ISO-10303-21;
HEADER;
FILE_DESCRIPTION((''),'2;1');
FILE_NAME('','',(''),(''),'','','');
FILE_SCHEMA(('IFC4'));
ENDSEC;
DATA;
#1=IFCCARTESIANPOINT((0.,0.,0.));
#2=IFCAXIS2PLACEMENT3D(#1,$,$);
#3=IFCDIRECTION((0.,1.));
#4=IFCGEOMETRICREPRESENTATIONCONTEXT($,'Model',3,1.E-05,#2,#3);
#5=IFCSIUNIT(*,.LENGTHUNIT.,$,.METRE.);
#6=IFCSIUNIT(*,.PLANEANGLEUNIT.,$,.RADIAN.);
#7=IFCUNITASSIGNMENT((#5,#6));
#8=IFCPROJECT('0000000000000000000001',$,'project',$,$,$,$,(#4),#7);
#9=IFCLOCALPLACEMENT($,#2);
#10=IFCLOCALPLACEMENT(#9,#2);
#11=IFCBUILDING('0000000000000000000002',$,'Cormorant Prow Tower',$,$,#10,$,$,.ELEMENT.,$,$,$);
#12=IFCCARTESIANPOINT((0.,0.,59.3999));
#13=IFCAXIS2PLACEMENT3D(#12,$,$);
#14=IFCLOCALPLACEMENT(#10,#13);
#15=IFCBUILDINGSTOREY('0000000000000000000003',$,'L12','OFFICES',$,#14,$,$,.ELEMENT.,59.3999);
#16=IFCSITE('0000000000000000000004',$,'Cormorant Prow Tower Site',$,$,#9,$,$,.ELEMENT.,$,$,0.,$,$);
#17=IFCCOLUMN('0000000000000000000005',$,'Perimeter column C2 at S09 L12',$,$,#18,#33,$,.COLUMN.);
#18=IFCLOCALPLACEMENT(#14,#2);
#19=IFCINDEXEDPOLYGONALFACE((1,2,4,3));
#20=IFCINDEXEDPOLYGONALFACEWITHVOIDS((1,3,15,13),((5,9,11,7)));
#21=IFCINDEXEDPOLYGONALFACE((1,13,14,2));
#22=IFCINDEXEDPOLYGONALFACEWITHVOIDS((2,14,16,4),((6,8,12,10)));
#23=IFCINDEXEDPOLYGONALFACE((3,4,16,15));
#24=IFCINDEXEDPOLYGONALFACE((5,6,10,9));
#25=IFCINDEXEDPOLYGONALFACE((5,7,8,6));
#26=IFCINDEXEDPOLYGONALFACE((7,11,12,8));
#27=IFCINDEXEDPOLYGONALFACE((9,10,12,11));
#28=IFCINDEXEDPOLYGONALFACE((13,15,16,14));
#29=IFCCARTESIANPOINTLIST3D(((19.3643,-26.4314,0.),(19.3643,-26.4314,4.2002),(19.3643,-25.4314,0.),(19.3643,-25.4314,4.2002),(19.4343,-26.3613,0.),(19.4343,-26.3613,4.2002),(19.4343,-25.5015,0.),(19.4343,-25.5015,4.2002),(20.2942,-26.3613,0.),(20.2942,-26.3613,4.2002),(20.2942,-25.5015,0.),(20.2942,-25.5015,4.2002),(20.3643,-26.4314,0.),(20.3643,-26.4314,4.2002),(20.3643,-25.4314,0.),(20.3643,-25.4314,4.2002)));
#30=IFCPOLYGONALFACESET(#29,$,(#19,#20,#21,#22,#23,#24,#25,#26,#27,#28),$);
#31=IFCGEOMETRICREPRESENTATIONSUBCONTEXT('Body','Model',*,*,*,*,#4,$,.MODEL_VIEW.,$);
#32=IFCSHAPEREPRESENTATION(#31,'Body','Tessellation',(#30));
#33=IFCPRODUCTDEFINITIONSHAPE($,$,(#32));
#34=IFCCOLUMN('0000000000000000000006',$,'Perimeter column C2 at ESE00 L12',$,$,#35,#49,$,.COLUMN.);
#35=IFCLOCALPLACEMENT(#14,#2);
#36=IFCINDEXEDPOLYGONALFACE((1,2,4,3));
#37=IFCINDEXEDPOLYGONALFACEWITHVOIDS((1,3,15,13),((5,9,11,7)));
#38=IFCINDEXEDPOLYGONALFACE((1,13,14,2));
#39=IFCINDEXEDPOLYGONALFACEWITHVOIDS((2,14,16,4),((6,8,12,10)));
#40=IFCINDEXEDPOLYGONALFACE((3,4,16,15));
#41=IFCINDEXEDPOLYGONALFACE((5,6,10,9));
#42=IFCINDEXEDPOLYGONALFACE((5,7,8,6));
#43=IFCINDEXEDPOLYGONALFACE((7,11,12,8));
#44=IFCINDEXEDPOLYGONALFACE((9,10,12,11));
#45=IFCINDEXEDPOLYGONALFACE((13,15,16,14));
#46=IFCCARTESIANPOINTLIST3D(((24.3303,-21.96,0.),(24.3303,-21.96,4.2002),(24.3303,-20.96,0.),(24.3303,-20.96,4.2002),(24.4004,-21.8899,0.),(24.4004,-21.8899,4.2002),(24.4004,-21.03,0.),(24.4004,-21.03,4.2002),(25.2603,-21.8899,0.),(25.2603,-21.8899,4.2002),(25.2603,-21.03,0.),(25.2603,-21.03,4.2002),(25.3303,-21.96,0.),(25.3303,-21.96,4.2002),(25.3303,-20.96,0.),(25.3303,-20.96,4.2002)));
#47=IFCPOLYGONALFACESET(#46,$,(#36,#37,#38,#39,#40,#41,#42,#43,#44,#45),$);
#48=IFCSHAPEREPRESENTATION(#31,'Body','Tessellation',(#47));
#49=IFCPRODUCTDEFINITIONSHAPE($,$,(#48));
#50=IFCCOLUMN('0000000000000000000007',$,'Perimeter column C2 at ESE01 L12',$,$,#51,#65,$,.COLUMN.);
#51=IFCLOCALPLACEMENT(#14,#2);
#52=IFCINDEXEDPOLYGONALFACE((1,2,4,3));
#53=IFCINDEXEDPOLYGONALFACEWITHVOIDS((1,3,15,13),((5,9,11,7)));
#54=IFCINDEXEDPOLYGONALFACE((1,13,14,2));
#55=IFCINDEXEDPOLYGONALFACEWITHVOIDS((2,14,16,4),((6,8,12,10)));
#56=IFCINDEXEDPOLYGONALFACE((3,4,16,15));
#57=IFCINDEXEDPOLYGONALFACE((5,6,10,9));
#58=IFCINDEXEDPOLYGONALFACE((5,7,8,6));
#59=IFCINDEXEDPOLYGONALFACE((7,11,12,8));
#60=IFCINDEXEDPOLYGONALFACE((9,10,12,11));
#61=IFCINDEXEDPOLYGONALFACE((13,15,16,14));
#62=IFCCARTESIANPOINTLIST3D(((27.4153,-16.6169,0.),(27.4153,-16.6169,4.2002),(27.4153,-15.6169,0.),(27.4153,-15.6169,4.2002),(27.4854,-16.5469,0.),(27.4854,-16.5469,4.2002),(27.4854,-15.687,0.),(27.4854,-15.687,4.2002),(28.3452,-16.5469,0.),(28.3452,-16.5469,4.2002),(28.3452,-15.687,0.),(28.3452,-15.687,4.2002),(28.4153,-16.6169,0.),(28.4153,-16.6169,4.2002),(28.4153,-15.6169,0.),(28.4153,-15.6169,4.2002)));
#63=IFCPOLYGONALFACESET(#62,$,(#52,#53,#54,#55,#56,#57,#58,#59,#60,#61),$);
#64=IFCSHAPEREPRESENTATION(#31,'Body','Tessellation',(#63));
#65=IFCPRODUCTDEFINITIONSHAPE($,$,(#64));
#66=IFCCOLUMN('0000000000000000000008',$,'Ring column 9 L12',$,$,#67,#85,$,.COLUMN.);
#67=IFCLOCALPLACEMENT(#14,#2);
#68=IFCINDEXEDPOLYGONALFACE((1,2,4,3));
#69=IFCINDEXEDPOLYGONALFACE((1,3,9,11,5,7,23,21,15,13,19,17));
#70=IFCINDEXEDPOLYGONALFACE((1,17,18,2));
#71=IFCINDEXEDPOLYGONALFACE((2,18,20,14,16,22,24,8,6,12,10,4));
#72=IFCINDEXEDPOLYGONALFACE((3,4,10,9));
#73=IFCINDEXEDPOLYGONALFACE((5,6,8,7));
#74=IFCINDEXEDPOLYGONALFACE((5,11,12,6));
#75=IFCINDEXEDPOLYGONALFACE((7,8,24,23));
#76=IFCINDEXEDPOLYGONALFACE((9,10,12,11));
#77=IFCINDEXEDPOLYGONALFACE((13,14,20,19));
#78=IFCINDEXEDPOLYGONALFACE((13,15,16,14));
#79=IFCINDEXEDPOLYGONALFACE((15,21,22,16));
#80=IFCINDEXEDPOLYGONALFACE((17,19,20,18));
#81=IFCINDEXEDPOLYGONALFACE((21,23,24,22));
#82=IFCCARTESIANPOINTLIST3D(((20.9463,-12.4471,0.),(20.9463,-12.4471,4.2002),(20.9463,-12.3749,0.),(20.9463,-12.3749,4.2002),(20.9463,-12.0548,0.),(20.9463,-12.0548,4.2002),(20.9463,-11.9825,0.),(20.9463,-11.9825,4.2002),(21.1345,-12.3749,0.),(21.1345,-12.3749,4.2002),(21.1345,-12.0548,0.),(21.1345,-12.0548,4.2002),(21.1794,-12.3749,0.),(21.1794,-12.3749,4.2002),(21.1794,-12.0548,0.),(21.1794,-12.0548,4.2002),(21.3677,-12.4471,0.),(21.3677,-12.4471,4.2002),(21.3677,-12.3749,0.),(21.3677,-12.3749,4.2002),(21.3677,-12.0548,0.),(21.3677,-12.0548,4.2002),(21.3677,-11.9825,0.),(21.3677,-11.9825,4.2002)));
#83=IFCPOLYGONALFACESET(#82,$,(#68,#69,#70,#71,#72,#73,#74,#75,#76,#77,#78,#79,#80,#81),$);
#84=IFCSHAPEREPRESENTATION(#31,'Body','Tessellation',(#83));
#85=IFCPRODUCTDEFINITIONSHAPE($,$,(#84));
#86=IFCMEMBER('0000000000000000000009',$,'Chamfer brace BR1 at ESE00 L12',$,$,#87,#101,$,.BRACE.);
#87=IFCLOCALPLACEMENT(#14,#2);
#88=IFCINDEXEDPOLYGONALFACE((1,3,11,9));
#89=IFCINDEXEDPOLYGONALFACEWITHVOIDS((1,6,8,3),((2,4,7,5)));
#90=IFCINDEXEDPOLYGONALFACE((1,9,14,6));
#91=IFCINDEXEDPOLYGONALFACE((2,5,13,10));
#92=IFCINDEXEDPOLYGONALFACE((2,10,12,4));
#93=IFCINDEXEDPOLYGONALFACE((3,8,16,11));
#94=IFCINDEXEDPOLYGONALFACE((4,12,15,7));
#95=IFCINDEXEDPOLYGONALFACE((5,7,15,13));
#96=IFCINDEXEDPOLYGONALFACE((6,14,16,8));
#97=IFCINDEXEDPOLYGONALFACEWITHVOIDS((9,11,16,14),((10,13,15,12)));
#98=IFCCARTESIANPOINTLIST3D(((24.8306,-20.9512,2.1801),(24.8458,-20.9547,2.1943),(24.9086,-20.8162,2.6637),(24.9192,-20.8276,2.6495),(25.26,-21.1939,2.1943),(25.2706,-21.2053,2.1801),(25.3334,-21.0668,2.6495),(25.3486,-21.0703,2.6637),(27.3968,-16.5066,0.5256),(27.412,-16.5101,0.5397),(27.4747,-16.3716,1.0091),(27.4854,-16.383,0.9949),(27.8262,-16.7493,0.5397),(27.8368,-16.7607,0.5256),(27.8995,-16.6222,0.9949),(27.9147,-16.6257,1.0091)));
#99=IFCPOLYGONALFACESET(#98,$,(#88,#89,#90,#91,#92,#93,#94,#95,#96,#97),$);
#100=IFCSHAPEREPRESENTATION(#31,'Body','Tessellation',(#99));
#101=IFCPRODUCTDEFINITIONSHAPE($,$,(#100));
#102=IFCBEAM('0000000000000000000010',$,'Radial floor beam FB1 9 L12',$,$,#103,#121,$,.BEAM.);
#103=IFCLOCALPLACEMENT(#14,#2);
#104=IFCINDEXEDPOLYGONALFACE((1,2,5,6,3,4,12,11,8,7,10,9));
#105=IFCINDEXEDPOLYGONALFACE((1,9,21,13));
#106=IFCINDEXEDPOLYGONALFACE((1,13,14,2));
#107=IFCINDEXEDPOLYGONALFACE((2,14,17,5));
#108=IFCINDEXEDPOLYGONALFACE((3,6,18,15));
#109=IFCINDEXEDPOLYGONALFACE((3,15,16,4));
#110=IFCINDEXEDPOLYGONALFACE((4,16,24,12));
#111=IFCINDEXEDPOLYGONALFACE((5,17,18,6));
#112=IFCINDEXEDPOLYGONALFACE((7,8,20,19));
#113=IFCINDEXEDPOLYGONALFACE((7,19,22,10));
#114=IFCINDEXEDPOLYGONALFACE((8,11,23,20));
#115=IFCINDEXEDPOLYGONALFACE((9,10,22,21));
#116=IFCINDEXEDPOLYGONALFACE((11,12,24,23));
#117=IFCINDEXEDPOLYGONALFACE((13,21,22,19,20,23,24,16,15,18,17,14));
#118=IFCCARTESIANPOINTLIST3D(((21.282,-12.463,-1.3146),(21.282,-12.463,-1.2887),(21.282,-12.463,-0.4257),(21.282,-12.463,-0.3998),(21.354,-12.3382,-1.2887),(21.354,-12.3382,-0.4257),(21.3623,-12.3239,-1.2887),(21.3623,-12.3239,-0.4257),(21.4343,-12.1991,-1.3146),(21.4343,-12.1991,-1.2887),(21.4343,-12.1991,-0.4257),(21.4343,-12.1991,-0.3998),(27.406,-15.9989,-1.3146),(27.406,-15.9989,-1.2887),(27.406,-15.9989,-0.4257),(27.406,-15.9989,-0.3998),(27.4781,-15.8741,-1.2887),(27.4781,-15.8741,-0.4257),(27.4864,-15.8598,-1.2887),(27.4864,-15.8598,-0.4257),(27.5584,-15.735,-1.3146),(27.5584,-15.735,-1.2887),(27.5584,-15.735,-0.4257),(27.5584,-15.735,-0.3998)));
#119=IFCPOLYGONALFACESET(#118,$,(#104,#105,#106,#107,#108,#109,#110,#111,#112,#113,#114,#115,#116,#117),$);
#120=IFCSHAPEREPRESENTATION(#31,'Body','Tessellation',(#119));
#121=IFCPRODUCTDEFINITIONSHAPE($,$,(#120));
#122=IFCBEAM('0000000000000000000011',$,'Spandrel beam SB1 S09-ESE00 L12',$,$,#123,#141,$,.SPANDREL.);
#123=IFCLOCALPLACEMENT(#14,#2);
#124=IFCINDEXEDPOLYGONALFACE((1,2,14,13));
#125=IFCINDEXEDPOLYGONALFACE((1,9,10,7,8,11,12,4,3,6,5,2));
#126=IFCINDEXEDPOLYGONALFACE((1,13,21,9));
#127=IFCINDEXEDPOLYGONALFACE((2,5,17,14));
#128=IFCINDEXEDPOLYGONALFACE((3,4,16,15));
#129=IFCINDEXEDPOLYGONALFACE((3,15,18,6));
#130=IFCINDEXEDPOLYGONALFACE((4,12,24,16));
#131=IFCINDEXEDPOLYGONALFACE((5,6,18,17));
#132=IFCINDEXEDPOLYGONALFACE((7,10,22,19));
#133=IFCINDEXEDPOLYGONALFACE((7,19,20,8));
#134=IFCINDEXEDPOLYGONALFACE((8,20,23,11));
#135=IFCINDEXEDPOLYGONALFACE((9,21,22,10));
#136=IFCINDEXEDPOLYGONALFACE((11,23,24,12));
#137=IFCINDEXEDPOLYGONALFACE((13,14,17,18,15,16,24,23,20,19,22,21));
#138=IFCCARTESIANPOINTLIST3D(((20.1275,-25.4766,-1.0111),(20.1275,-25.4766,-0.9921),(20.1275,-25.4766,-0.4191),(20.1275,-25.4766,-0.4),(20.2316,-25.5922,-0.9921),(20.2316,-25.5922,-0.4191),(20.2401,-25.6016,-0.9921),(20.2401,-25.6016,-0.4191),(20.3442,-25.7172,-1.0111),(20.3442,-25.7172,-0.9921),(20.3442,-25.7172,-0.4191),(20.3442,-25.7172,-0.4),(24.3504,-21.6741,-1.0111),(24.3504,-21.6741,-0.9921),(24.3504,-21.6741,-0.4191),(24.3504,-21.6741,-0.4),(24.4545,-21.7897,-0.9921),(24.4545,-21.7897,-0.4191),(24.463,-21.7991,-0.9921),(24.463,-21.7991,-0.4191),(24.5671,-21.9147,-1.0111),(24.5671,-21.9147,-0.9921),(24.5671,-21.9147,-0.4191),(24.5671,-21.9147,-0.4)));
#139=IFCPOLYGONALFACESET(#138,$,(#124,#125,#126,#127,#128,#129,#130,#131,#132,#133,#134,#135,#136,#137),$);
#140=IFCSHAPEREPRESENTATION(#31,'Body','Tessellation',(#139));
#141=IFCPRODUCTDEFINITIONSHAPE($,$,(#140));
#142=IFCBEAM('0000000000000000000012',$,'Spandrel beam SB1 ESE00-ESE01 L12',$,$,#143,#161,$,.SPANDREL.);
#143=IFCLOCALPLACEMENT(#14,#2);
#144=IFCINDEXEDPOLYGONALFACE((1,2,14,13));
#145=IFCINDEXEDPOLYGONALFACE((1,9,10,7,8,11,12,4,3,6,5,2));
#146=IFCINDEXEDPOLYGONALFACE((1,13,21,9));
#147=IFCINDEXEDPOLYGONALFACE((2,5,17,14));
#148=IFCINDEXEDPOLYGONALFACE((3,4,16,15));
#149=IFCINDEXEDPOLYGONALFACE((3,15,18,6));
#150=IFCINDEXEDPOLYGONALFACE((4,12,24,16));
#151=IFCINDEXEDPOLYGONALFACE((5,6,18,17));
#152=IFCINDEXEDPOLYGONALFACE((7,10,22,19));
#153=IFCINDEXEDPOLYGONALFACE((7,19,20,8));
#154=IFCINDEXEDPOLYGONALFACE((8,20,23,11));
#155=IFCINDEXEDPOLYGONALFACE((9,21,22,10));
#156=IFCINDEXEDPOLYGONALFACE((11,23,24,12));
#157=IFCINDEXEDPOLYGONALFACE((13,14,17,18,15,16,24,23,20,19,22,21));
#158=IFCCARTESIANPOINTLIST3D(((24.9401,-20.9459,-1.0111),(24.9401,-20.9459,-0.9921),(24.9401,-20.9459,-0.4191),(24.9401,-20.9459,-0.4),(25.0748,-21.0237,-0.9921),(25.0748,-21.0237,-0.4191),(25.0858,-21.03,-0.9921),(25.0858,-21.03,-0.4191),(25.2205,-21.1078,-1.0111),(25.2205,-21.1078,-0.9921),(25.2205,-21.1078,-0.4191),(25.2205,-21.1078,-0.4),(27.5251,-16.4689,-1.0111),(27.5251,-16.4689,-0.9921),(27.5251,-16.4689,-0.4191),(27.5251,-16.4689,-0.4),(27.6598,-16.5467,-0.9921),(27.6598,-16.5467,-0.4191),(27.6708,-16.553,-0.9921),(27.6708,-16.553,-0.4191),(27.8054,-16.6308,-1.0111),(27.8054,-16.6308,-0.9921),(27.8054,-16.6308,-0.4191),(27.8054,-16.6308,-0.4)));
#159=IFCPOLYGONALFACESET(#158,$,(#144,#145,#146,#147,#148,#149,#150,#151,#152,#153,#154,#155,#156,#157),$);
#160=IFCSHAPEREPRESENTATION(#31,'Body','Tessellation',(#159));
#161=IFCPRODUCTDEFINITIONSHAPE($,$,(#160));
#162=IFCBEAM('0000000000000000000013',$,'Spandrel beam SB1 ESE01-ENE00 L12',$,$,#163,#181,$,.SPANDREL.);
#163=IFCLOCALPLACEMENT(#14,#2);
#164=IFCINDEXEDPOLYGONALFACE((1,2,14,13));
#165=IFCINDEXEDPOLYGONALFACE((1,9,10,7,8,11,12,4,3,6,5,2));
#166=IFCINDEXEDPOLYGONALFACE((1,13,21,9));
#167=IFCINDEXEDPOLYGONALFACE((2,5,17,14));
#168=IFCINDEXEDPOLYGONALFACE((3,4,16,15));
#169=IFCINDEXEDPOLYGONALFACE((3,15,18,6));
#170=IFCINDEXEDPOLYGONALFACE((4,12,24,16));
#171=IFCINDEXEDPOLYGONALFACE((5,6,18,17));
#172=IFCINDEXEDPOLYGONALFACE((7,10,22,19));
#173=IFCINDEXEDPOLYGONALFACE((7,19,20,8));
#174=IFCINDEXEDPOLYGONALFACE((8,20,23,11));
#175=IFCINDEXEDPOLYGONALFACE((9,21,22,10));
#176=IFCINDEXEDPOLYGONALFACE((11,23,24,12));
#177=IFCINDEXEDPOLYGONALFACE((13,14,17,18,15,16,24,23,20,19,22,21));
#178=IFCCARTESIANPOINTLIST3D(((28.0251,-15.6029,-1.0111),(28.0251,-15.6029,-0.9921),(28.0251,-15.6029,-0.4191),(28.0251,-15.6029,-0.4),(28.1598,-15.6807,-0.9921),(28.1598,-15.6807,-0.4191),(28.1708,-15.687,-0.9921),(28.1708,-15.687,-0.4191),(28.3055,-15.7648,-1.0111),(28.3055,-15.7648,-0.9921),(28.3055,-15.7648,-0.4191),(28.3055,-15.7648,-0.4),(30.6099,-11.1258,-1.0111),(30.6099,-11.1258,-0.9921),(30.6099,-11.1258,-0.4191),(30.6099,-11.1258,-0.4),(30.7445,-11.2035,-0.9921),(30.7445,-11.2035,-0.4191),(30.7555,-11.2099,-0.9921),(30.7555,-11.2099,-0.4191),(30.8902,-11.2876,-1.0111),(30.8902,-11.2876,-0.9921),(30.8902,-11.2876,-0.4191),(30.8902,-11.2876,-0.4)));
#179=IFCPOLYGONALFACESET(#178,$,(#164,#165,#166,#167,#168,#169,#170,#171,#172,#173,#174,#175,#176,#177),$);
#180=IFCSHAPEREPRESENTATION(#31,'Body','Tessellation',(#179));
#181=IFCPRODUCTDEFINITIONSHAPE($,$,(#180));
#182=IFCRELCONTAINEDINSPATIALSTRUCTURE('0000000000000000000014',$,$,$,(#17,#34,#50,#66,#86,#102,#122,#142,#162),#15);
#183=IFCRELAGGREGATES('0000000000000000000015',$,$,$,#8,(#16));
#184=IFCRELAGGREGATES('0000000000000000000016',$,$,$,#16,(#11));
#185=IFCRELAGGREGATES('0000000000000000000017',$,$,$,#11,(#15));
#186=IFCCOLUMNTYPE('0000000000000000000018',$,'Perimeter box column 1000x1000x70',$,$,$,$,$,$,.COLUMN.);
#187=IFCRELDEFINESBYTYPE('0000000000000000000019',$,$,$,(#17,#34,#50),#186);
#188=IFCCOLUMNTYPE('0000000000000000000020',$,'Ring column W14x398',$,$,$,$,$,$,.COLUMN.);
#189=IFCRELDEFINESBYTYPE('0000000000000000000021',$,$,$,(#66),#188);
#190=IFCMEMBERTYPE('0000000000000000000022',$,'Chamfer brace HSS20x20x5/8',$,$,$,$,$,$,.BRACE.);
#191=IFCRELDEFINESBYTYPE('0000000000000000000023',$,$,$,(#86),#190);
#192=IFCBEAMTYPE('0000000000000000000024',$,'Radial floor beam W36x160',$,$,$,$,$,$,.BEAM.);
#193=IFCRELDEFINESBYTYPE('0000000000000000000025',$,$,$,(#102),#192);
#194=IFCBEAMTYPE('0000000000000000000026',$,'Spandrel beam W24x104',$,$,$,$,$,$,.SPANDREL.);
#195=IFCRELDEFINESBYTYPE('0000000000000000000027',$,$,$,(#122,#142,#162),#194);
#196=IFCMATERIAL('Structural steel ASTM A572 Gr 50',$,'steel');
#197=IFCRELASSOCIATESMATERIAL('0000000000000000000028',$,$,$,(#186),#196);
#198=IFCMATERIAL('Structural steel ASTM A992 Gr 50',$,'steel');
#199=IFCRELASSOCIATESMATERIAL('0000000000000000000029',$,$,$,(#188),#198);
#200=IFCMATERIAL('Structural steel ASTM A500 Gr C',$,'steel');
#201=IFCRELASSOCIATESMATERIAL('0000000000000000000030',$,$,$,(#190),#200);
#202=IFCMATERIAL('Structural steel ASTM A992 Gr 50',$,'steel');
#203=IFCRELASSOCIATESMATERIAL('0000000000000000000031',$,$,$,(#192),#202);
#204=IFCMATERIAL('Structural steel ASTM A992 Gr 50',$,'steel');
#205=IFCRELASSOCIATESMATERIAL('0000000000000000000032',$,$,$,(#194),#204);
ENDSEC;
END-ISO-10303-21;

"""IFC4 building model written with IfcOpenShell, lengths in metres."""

from ifc_helpers import new_model, si_unit, direction, frame, origin, origin_2d, place, context, subcontext, project, spatial, hollow_rectangle, i_section, extrude, material, material_profile, profile_set, type_object, element, save


model = new_model("IFC4")

# Units and contexts
model_context = context("Model", 3, precision=1e-05, world=origin(), true_north=direction((0.0, 1.0)))
body_context = subcontext(model_context, "Body", "Model", "MODEL_VIEW")
ifc_project = project(units=[si_unit("LENGTHUNIT", "METRE"), si_unit("PLANEANGLEUNIT", "RADIAN")], contexts=[model_context])

# Site, building, storey
site_placement = place(None, origin())
site = spatial("IfcSite", under=ifc_project, at=site_placement, Name="Cormorant Prow Tower Site", CompositionType="ELEMENT", RefElevation=0.0)
building_placement = place(site_placement, origin())
building = spatial("IfcBuilding", under=site, at=building_placement, Name="Cormorant Prow Tower", CompositionType="ELEMENT")
storey_placement = place(building_placement, frame((0.0, 0.0, 59.3999)))
storey = spatial("IfcBuildingStorey", under=building, at=storey_placement, Name="L12", Description="OFFICES", CompositionType="ELEMENT", Elevation=59.3999)

# Columns
ifc_material_1 = material(Name="Structural steel ASTM A572 Gr 50", Category="steel")
ifc_material_profile_1 = material_profile(ifc_material_1, hollow_rectangle(XDim=1.0, YDim=1.0, WallThickness=0.0701, at=origin_2d()), Name="Box 1000x1000x70")
ifc_profile_set_1 = profile_set([ifc_material_profile_1], Name="Structural steel ASTM A572 Gr 50")
column_type_1 = type_object("IfcColumnType", Name="Perimeter box column 1000x1000x70", PredefinedType="COLUMN", material=ifc_profile_set_1)
for number, where, z_axis, x_axis, name in (
    (1, (19.8643, -25.9314, 0.0), (0.0, 0.0, 1.0), (1.0, 0.0, 0.0), "Perimeter column C2 at S09 L12"),
    (2, (24.8303, -21.46, 0.0), (0.0, 0.0, 1.0), (1.0, 0.0, 0.0), "Perimeter column C2 at ESE00 L12"),
    (3, (27.9153, -16.1169, 0.0), (0.0, 0.0, 1.0), (1.0, 0.0, 0.0), "Perimeter column C2 at ESE01 L12"),
):
    element("IfcColumn", number, at=place(storey_placement, frame(where, z_axis=z_axis, x_axis=x_axis)), inside=storey, type_object=column_type_1, Name=name, PredefinedType="COLUMN", context=body_context, shape_type="SweptSolid", body=[
        extrude(hollow_rectangle(XDim=1.0, YDim=1.0, WallThickness=0.0701, at=origin_2d()), origin(), (0.0, 0.0, 1.0), 4.2002),
    ])
ifc_material_2 = material(Name="Structural steel ASTM A992 Gr 50", Category="steel")
ifc_material_profile_2 = material_profile(ifc_material_2, i_section(OverallWidth=0.4214, OverallDepth=0.4646, WebThickness=0.0449, FlangeThickness=0.0723, at=origin_2d()), Name="W14x398")
ifc_profile_set_2 = profile_set([ifc_material_profile_2], Name="Structural steel ASTM A992 Gr 50")
column_type_2 = type_object("IfcColumnType", Name="Ring column W14x398", PredefinedType="COLUMN", material=ifc_profile_set_2)
column_placement = place(storey_placement, frame((21.157, -12.2148, 0.0), z_axis=(0.0, 0.0, 1.0), x_axis=(1.0, 0.0, 0.0)))
element("IfcColumn", 4, at=column_placement, inside=storey, type_object=column_type_2, Name="Ring column 9 L12", PredefinedType="COLUMN", context=body_context, shape_type="SweptSolid", body=[
    extrude(i_section(OverallWidth=0.4214, OverallDepth=0.4646, WebThickness=0.0449, FlangeThickness=0.0723, at=origin_2d()), origin(), (0.0, 0.0, 1.0), 4.2002),
])

# Member
ifc_material_3 = material(Name="Structural steel ASTM A500 Gr C", Category="steel")
ifc_material_profile_3 = material_profile(ifc_material_3, hollow_rectangle(XDim=0.5081, YDim=0.5081, WallThickness=0.0149, at=origin_2d()), Name="HSS20x20x5/8")
ifc_profile_set_3 = profile_set([ifc_material_profile_3], Name="Structural steel ASTM A500 Gr C")
member_type = type_object("IfcMemberType", Name="Chamfer brace HSS20x20x5/8", PredefinedType="BRACE", material=ifc_profile_set_3)
member_placement = place(storey_placement, frame((27.6558, -16.5662, 0.7673), z_axis=(-0.475893, -0.824244, 0.306834), x_axis=(0.866018, -0.500012, 0.0)))
element("IfcMember", 5, at=member_placement, inside=storey, type_object=member_type, Name="Chamfer brace BR1 at ESE00 L12", PredefinedType="BRACE", context=body_context, shape_type="SweptSolid", body=[
    extrude(hollow_rectangle(XDim=0.5081, YDim=0.5081, WallThickness=0.0149, at=origin_2d()), origin(), (0.0, 0.0, 1.0), 5.3923),
])

# Beams
ifc_material_4 = material(Name="Structural steel ASTM A992 Gr 50", Category="steel")
ifc_material_profile_4 = material_profile(ifc_material_4, i_section(OverallWidth=0.3047, OverallDepth=0.9148, WebThickness=0.0166, FlangeThickness=0.0259, at=origin_2d()), Name="W36x160")
ifc_profile_set_4 = profile_set([ifc_material_profile_4], Name="Structural steel ASTM A992 Gr 50")
beam_type_1 = type_object("IfcBeamType", Name="Radial floor beam W36x160", PredefinedType="BEAM", material=ifc_profile_set_4)
beam_1_placement = place(storey_placement, frame((21.3582, -12.3311, -0.8572), z_axis=(0.866014, -0.500019, 0.0), x_axis=(0.500019, 0.866014, 0.0)))
element("IfcBeam", 6, at=beam_1_placement, inside=storey, type_object=beam_type_1, Name="Radial floor beam FB1 9 L12", PredefinedType="BEAM", context=body_context, shape_type="SweptSolid", body=[
    extrude(i_section(OverallWidth=0.3047, OverallDepth=0.9148, WebThickness=0.0166, FlangeThickness=0.0259, at=origin_2d()), origin(), (0.0, 0.0, 1.0), 7.0715),
])
ifc_material_5 = material(Name="Structural steel ASTM A992 Gr 50", Category="steel")
ifc_material_profile_5 = material_profile(ifc_material_5, i_section(OverallWidth=0.3237, OverallDepth=0.6111, WebThickness=0.0127, FlangeThickness=0.019, at=origin_2d()), Name="W24x104")
ifc_profile_set_5 = profile_set([ifc_material_profile_5], Name="Structural steel ASTM A992 Gr 50")
beam_type_2 = type_object("IfcBeamType", Name="Spandrel beam W24x104", PredefinedType="SPANDREL", material=ifc_profile_set_5)
beam_2_placement = place(storey_placement, frame((20.2358, -25.5969, -0.7056), z_axis=(0.74313, 0.669147, 0.0), x_axis=(-0.669147, 0.74313, 0.0)))
element("IfcBeam", 7, at=beam_2_placement, inside=storey, type_object=beam_type_2, Name="Spandrel beam SB1 S09-ESE00 L12", PredefinedType="SPANDREL", context=body_context, shape_type="SweptSolid", body=[
    extrude(i_section(OverallWidth=0.3237, OverallDepth=0.6111, WebThickness=0.0127, FlangeThickness=0.019, at=origin_2d()), origin(), (0.0, 0.0, 1.0), 5.6826),
])
for number, where, z_axis, x_axis, name in (
    (8, (25.0803, -21.0269, -0.7056), (0.50002, 0.866014, 0.0), (-0.866014, 0.50002, 0.0), "Spandrel beam SB1 ESE00-ESE01 L12"),
    (9, (28.1653, -15.6838, -0.7056), (0.499984, 0.866035, 0.0), (-0.866035, 0.499984, 0.0), "Spandrel beam SB1 ESE01-ENE00 L12"),
):
    element("IfcBeam", number, at=place(storey_placement, frame(where, z_axis=z_axis, x_axis=x_axis)), inside=storey, type_object=beam_type_2, Name=name, PredefinedType="SPANDREL", context=body_context, shape_type="SweptSolid", body=[
        extrude(i_section(OverallWidth=0.3237, OverallDepth=0.6111, WebThickness=0.0127, FlangeThickness=0.019, at=origin_2d()), origin(), (0.0, 0.0, 1.0), 5.1697),
    ])

save(model, "model.ifc")
